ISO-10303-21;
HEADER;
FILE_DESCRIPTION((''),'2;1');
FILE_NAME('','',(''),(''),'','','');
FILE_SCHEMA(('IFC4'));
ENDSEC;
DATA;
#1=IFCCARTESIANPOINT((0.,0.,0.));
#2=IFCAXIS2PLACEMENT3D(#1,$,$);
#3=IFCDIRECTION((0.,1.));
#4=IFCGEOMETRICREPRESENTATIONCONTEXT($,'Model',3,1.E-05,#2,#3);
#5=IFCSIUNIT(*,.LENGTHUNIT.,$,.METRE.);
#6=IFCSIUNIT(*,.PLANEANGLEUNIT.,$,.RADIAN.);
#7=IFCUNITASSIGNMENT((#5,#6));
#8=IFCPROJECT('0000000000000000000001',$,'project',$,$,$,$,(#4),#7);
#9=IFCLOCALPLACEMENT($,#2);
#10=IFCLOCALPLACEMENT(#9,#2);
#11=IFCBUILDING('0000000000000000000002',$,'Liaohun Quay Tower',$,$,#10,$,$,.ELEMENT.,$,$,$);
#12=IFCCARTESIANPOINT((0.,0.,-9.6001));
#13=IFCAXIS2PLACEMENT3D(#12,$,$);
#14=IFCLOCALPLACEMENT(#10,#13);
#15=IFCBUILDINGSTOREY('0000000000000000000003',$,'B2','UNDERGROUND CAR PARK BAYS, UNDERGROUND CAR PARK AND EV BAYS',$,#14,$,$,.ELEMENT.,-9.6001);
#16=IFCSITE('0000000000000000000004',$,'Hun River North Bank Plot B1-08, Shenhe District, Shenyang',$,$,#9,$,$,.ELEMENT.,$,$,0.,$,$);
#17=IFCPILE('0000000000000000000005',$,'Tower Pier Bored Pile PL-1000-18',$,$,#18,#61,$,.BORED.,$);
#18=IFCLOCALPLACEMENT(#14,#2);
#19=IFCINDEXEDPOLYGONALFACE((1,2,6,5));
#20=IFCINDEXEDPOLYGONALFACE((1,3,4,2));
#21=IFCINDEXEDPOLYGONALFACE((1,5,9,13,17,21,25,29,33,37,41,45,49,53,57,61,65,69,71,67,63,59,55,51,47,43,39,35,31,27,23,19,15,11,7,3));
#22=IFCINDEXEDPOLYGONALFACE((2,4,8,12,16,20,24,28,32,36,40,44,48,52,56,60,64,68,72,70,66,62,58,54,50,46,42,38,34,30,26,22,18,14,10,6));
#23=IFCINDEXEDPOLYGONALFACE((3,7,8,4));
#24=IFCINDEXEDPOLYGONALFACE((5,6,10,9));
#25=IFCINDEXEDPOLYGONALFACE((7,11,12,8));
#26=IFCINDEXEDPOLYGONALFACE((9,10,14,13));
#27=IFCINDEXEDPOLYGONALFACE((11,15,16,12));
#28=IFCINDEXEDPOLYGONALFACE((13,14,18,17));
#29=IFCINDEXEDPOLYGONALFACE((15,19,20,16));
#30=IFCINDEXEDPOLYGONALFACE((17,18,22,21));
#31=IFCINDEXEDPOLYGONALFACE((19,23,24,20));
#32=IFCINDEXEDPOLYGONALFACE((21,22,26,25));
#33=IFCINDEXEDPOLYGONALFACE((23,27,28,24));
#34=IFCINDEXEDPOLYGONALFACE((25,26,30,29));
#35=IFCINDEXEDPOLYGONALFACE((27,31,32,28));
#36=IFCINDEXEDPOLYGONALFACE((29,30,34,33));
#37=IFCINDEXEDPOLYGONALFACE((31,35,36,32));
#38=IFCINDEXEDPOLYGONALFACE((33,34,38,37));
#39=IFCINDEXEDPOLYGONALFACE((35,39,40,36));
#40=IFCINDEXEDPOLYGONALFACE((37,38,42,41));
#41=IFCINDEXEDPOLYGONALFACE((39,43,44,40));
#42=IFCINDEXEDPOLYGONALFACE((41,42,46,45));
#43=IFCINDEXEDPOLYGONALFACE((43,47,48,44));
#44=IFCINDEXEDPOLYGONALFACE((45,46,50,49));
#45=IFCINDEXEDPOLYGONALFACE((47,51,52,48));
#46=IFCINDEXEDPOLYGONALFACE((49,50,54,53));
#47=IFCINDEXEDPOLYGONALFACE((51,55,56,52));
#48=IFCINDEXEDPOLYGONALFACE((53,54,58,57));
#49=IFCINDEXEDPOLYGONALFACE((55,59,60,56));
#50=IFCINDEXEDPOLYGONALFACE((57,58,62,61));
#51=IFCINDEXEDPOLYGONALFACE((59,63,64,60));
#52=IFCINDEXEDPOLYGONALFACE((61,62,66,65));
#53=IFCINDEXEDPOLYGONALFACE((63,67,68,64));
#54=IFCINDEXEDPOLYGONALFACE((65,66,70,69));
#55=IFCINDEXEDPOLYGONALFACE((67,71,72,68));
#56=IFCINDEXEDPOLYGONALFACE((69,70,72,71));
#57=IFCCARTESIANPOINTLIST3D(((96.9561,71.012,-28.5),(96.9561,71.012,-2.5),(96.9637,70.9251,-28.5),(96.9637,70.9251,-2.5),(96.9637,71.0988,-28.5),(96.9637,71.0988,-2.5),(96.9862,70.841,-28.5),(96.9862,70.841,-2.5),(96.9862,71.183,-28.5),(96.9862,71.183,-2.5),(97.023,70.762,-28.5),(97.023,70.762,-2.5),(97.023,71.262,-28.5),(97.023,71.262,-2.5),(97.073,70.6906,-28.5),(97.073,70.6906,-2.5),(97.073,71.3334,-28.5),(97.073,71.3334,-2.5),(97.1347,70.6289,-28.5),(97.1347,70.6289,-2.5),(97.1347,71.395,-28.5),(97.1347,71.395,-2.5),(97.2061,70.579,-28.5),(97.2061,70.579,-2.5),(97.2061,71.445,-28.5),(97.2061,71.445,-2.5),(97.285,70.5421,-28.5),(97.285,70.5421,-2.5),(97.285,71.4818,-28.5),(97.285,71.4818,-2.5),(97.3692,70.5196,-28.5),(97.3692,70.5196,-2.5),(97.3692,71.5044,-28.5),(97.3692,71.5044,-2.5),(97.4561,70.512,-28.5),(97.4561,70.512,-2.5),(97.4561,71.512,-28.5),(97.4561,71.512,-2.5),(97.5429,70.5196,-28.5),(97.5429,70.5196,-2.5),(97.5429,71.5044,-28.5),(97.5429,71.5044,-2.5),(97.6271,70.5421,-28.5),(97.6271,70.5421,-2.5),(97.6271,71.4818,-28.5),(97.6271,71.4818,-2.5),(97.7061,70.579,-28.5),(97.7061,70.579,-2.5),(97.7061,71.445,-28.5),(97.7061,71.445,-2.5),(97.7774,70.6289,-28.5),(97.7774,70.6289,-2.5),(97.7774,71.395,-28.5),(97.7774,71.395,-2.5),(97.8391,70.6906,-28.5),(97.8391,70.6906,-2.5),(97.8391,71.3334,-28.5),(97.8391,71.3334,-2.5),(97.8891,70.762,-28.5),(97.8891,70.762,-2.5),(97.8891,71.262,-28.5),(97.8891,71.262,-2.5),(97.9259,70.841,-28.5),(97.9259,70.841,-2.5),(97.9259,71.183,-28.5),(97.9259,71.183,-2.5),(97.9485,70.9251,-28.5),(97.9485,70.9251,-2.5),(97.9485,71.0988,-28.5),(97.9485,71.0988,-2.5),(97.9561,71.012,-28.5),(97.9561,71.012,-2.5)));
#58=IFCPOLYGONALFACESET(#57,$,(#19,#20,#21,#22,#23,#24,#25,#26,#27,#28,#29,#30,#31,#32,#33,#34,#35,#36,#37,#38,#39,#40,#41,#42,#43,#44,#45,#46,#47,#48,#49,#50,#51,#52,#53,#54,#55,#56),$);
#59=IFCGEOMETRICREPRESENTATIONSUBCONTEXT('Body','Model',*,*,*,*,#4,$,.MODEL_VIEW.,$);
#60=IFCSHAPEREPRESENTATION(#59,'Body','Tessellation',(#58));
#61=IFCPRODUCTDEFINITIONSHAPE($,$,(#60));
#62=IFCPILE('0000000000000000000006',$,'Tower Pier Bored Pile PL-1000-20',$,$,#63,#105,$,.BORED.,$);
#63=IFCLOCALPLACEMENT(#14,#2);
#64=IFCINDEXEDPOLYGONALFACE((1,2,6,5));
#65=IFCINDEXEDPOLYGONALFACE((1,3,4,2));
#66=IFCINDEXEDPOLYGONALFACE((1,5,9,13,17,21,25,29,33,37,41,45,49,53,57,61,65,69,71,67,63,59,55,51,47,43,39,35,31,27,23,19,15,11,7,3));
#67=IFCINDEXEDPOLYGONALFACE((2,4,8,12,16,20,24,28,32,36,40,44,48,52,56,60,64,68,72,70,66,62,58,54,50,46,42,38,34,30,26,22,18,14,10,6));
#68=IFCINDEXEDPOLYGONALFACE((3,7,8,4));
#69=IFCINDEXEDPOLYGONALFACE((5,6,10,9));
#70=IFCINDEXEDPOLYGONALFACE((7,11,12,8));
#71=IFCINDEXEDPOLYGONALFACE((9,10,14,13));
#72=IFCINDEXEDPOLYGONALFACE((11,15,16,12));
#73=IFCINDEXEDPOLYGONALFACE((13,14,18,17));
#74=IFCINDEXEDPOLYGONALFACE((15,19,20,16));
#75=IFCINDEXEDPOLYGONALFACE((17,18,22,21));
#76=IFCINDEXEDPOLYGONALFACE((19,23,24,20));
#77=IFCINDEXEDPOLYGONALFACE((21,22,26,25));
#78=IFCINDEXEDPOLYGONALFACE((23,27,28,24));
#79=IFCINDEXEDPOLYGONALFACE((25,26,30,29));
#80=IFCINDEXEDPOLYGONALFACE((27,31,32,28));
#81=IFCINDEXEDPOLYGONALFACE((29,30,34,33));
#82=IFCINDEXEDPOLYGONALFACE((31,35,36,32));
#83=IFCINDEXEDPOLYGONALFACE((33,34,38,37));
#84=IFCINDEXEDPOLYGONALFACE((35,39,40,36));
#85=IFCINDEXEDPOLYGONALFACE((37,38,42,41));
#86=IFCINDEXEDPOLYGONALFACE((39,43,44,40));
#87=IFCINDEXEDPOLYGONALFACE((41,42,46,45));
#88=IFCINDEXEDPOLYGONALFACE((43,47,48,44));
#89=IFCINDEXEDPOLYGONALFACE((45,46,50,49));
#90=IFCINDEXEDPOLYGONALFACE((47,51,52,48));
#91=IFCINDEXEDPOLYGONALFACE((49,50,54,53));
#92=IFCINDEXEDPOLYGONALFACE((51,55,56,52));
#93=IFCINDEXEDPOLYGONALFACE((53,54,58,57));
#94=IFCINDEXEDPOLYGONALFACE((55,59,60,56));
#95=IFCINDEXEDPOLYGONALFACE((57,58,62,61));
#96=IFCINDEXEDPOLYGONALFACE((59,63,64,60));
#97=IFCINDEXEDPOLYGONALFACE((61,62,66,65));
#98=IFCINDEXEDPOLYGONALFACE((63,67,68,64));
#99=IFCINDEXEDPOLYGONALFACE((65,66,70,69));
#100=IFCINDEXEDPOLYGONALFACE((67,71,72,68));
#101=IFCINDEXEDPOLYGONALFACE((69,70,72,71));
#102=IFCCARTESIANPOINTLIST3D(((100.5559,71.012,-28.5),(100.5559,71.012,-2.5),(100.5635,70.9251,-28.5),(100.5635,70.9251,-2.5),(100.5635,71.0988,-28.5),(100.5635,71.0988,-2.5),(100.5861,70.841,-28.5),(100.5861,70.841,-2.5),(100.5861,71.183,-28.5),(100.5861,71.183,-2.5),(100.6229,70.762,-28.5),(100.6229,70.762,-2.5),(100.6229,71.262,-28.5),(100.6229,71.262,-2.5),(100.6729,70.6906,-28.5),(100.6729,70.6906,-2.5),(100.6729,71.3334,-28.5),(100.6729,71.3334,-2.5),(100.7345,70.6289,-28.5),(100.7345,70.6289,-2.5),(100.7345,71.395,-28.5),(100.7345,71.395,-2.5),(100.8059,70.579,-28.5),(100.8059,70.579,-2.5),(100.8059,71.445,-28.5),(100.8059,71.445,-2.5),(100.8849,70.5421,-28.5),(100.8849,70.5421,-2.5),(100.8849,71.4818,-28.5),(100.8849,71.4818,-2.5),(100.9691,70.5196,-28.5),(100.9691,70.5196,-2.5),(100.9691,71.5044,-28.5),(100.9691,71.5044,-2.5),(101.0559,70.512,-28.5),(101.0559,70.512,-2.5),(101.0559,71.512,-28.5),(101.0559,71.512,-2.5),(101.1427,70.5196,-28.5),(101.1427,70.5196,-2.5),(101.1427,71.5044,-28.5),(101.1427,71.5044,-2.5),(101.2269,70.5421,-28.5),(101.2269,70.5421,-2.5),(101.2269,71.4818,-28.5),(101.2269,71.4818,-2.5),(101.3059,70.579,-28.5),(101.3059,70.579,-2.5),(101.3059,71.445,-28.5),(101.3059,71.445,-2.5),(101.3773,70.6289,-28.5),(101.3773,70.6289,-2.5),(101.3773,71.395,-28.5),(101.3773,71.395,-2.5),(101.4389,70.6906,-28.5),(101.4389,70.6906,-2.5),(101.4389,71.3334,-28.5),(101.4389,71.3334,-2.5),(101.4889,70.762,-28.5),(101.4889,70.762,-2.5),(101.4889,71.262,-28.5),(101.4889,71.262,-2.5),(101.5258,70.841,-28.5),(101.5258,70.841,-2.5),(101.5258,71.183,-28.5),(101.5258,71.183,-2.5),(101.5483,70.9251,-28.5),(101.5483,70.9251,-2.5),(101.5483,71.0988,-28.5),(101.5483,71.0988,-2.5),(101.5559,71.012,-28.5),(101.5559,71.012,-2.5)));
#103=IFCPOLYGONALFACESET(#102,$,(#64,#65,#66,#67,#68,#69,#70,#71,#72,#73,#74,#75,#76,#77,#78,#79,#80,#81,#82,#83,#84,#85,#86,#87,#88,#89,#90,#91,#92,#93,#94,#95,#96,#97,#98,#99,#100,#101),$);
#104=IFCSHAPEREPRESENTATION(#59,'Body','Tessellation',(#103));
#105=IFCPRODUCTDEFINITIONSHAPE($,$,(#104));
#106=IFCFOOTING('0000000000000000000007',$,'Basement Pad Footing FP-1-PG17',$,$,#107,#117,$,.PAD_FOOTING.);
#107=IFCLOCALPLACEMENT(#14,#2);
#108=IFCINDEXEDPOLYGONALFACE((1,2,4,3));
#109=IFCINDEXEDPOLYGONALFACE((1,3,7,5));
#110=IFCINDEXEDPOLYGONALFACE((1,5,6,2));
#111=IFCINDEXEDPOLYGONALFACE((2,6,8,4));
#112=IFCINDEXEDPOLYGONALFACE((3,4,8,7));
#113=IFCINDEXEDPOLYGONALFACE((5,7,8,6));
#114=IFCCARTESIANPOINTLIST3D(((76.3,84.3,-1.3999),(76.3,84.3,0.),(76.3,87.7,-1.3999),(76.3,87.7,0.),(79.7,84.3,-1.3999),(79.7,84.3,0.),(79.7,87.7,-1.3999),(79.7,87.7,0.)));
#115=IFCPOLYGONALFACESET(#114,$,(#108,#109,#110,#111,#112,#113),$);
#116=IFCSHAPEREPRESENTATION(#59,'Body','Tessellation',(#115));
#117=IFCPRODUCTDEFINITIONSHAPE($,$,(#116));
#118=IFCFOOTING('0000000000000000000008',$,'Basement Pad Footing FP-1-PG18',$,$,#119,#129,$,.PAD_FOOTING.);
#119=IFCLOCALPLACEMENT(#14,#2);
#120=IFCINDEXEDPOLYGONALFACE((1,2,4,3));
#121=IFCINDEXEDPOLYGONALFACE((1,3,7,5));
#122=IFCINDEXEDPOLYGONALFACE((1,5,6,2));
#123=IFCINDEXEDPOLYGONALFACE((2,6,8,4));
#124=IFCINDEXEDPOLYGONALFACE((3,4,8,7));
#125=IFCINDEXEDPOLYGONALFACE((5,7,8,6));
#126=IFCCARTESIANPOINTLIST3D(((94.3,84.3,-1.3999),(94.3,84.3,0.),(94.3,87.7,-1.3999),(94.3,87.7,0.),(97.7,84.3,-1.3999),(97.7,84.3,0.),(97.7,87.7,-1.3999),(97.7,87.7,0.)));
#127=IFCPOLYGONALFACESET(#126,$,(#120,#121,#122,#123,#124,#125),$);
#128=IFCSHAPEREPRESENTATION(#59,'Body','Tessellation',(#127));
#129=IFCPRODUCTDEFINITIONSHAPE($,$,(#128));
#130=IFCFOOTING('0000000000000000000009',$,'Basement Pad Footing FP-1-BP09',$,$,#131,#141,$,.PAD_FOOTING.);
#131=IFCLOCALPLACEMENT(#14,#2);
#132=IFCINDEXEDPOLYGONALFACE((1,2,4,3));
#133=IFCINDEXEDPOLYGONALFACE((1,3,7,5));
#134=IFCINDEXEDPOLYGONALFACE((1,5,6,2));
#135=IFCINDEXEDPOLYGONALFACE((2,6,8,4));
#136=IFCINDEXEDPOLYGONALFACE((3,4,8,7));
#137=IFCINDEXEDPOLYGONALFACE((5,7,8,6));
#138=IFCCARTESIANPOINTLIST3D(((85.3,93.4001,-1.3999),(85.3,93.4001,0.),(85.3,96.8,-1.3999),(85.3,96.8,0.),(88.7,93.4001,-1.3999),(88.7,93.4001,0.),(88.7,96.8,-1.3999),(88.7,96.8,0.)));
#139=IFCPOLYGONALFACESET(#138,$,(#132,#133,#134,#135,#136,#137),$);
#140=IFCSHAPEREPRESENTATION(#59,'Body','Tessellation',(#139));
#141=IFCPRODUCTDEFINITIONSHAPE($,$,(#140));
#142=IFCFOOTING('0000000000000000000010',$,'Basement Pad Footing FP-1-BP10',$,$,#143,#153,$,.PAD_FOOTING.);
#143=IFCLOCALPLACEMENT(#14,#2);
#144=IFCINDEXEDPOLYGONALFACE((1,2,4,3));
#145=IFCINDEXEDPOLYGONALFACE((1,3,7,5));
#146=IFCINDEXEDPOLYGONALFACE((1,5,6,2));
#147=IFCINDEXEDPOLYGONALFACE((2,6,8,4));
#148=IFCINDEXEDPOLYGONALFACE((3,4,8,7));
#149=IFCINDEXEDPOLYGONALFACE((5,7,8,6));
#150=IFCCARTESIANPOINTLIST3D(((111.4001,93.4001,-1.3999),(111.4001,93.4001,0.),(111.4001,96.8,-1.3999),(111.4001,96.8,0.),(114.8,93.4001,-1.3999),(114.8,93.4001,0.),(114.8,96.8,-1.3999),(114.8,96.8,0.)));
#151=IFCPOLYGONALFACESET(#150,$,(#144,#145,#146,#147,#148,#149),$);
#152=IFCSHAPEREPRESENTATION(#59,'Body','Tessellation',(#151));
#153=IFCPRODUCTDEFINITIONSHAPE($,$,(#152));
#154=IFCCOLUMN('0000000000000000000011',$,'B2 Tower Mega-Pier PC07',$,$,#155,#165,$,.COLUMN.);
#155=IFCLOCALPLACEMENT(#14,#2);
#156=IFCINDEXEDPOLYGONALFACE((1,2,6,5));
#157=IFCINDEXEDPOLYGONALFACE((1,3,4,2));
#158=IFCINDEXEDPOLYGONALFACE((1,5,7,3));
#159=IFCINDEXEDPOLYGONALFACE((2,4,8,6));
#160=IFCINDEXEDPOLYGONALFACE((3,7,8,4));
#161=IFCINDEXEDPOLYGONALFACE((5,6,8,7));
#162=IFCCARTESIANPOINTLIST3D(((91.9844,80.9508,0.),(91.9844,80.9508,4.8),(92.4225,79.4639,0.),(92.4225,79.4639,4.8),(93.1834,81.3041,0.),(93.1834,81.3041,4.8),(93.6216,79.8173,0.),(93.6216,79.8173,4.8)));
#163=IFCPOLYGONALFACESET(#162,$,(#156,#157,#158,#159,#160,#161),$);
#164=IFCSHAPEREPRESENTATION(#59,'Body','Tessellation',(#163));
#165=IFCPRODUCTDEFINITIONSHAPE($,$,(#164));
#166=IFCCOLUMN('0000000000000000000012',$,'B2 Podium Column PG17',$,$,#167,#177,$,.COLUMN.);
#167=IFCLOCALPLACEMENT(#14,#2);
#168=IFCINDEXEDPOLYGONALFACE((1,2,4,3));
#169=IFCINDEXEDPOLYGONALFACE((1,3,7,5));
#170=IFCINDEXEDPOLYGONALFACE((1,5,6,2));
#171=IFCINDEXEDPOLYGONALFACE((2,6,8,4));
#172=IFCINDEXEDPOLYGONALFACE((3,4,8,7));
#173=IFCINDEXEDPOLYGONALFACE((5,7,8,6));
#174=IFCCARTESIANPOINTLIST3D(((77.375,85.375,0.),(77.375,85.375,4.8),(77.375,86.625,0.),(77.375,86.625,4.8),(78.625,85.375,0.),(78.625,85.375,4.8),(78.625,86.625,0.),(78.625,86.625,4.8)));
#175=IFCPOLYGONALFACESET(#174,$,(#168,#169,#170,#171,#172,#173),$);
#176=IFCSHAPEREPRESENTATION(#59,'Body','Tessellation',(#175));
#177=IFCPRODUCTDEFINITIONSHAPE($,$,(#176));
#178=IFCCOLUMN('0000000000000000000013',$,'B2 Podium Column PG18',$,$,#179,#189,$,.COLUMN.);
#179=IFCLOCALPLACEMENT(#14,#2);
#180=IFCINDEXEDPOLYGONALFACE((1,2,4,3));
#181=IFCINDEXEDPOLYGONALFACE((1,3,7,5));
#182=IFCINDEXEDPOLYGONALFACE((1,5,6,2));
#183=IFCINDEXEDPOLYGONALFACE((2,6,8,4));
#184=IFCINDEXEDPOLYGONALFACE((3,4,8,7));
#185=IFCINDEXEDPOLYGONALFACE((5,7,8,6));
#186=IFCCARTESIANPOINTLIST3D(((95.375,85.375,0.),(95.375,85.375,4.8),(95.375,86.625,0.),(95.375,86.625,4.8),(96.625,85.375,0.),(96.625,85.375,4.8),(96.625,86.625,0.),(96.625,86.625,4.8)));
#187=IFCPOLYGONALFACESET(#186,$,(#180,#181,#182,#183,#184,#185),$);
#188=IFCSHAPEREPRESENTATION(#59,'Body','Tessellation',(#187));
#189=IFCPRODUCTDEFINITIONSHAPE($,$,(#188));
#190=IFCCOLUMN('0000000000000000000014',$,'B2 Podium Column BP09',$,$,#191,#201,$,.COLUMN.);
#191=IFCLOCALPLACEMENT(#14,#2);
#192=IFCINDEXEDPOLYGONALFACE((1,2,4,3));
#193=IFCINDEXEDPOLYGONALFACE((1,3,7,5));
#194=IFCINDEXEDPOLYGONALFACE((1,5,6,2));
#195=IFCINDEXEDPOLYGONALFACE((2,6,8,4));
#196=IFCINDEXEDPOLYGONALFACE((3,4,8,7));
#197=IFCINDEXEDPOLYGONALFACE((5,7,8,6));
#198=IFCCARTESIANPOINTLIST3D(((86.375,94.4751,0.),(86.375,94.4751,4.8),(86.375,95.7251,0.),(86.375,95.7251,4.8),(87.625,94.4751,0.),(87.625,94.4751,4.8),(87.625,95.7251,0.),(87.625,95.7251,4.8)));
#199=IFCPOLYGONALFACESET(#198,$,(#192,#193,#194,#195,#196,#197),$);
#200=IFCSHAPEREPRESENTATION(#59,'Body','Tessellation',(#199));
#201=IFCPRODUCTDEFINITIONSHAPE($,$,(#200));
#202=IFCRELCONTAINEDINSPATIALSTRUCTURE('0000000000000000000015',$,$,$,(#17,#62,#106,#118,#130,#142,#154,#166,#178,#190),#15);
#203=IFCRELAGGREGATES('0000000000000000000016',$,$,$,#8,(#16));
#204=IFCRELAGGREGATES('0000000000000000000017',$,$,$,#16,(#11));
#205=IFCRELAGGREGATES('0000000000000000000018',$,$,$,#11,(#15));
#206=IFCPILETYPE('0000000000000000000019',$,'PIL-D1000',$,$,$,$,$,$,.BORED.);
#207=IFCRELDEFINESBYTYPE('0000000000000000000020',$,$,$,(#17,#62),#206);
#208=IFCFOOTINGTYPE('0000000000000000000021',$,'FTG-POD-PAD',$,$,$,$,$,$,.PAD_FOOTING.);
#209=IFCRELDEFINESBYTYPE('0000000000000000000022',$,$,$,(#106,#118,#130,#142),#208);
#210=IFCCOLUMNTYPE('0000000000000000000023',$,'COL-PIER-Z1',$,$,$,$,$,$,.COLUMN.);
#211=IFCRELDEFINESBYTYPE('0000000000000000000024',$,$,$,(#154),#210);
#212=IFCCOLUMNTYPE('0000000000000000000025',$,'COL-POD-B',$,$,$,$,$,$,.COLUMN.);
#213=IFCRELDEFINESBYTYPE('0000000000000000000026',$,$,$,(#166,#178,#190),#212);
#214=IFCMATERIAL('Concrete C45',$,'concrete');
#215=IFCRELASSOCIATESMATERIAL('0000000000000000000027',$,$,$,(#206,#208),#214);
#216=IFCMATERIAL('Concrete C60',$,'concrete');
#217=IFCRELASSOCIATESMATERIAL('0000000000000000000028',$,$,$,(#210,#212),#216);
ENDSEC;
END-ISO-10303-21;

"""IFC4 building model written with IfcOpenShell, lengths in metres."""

from ifc_helpers import new_model, si_unit, direction, frame, origin, origin_2d, place, context, subcontext, project, spatial, rectangle, circle, extrude, source, transform, mapped, material, material_profile, profile_set, type_object, element, save


model = new_model("IFC4")

# Units and contexts
model_context = context("Model", 3, precision=1e-05, world=origin(), true_north=direction((0.0, 1.0)))
body_context = subcontext(model_context, "Body", "Model", "MODEL_VIEW")
ifc_project = project(units=[si_unit("LENGTHUNIT", "METRE"), si_unit("PLANEANGLEUNIT", "RADIAN")], contexts=[model_context])

# Site, building, storey
site_placement = place(None, origin())
site = spatial("IfcSite", under=ifc_project, at=site_placement, Name="Hun River North Bank Plot B1-08, Shenhe District, Shenyang", CompositionType="ELEMENT", RefElevation=0.0)
building_placement = place(site_placement, origin())
building = spatial("IfcBuilding", under=site, at=building_placement, Name="Liaohun Quay Tower", CompositionType="ELEMENT")
storey_placement = place(building_placement, frame((0.0, 0.0, -9.6001)))
storey = spatial("IfcBuildingStorey", under=building, at=storey_placement, Name="B2", Description="UNDERGROUND CAR PARK BAYS, UNDERGROUND CAR PARK AND EV BAYS", CompositionType="ELEMENT", Elevation=-9.6001)

# Piles
ifc_material_1 = material(Name="Concrete C45", Category="concrete")
ifc_material_profile_1 = material_profile(ifc_material_1, circle(Radius=0.5, at=origin_2d()), Name="PILE-D1000")
ifc_profile_set_1 = profile_set([ifc_material_profile_1], Name="Concrete C45")
pile_type = type_object("IfcPileType", Name="PIL-D1000", PredefinedType="BORED", material=ifc_profile_set_1)
shared_shape_1 = source(origin(), body_context, "Body", "SweptSolid", [
    extrude(circle(Radius=0.5, at=origin_2d()), origin(), (0.0, 0.0, 1.0), 26.0),
])
for number, where, z_axis, x_axis, name in (
    (1, (97.4561, 71.012, -2.5), (0.0, 0.0, -1.0), (1.0, 0.0, 0.0), "Tower Pier Bored Pile PL-1000-18"),
    (2, (101.0559, 71.012, -2.5), (0.0, 0.0, -1.0), (1.0, 0.0, 0.0), "Tower Pier Bored Pile PL-1000-20"),
):
    element("IfcPile", number, at=place(storey_placement, frame(where, z_axis=z_axis, x_axis=x_axis)), inside=storey, type_object=pile_type, Name=name, PredefinedType="BORED", context=body_context, shape_type="MappedRepresentation", body=[
        mapped(shared_shape_1, transform((0.0, 0.0, 0.0), x_axis=(1.0, 0.0, 0.0), y_axis=(0.0, 1.0, 0.0), z_axis=(0.0, 0.0, 1.0), scale=1.0)),
    ])

# Footings
footing_type_1 = type_object("IfcFootingType", Name="FTG-POD-PAD", PredefinedType="PAD_FOOTING", material=ifc_material_1)
shared_shape_2 = source(origin(), body_context, "Body", "SweptSolid", [
    extrude(rectangle(XDim=3.3999, YDim=3.3999, at=origin_2d()), origin(), (0.0, 0.0, 1.0), 1.3999),
])
for number, where, z_axis, x_axis, name in (
    (3, (78.0, 86.0, -1.3999), (0.0, 0.0, 1.0), (1.0, 0.0, 0.0), "Basement Pad Footing FP-1-PG17"),
    (4, (96.0, 86.0, -1.3999), (0.0, 0.0, 1.0), (1.0, 0.0, 0.0), "Basement Pad Footing FP-1-PG18"),
    (5, (87.0, 95.1001, -1.3999), (0.0, 0.0, 1.0), (1.0, 0.0, 0.0), "Basement Pad Footing FP-1-BP09"),
    (6, (113.1001, 95.1001, -1.3999), (0.0, 0.0, 1.0), (1.0, 0.0, 0.0), "Basement Pad Footing FP-1-BP10"),
):
    element("IfcFooting", number, at=place(storey_placement, frame(where, z_axis=z_axis, x_axis=x_axis)), inside=storey, type_object=footing_type_1, Name=name, PredefinedType="PAD_FOOTING", context=body_context, shape_type="MappedRepresentation", body=[
        mapped(shared_shape_2, transform((0.0, 0.0, 0.0), x_axis=(1.0, 0.0, 0.0), y_axis=(0.0, 1.0, 0.0), z_axis=(0.0, 0.0, 1.0), scale=1.0)),
    ])

# Columns
ifc_material_2 = material(Name="Concrete C60", Category="concrete")
ifc_material_profile_2 = material_profile(ifc_material_2, rectangle(XDim=1.55, YDim=1.25, at=origin_2d()), Name="RC1550x1250")
ifc_profile_set_2 = profile_set([ifc_material_profile_2], Name="Concrete C60")
column_type_1 = type_object("IfcColumnType", Name="COL-PIER-Z1", PredefinedType="COLUMN", material=ifc_profile_set_2)
shared_shape_3 = source(origin(), body_context, "Body", "SweptSolid", [
    extrude(rectangle(XDim=1.55, YDim=1.25, at=origin_2d()), origin(), (0.0, 0.0, 1.0), 4.8),
])
column_placement = place(storey_placement, frame((92.803, 80.384, 0.0), z_axis=(0.0, 0.0, 1.0), x_axis=(-0.282676, 0.959215, 0.0)))
element("IfcColumn", 7, at=column_placement, inside=storey, type_object=column_type_1, Name="B2 Tower Mega-Pier PC07", PredefinedType="COLUMN", context=body_context, shape_type="MappedRepresentation", body=[
    mapped(shared_shape_3, transform((0.0, 0.0, 0.0), x_axis=(1.0, 0.0, 0.0), y_axis=(0.0, 1.0, 0.0), z_axis=(0.0, 0.0, 1.0), scale=1.0)),
])
ifc_material_profile_3 = material_profile(ifc_material_2, rectangle(XDim=1.25, YDim=1.25, at=origin_2d()), Name="RC1250x1250")
ifc_profile_set_3 = profile_set([ifc_material_profile_3], Name="Concrete C60")
column_type_2 = type_object("IfcColumnType", Name="COL-POD-B", PredefinedType="COLUMN", material=ifc_profile_set_3)
shared_shape_4 = source(origin(), body_context, "Body", "SweptSolid", [
    extrude(rectangle(XDim=1.25, YDim=1.25, at=origin_2d()), origin(), (0.0, 0.0, 1.0), 4.8),
])
for number, where, z_axis, x_axis, name in (
    (8, (78.0, 86.0, 0.0), (0.0, 0.0, 1.0), (1.0, 0.0, 0.0), "B2 Podium Column PG17"),
    (9, (96.0, 86.0, 0.0), (0.0, 0.0, 1.0), (1.0, 0.0, 0.0), "B2 Podium Column PG18"),
    (10, (87.0, 95.1001, 0.0), (0.0, 0.0, 1.0), (1.0, 0.0, 0.0), "B2 Podium Column BP09"),
):
    element("IfcColumn", number, at=place(storey_placement, frame(where, z_axis=z_axis, x_axis=x_axis)), inside=storey, type_object=column_type_2, Name=name, PredefinedType="COLUMN", context=body_context, shape_type="MappedRepresentation", body=[
        mapped(shared_shape_4, transform((0.0, 0.0, 0.0), x_axis=(1.0, 0.0, 0.0), y_axis=(0.0, 1.0, 0.0), z_axis=(0.0, 0.0, 1.0), scale=1.0)),
    ])

save(model, "model.ifc")
